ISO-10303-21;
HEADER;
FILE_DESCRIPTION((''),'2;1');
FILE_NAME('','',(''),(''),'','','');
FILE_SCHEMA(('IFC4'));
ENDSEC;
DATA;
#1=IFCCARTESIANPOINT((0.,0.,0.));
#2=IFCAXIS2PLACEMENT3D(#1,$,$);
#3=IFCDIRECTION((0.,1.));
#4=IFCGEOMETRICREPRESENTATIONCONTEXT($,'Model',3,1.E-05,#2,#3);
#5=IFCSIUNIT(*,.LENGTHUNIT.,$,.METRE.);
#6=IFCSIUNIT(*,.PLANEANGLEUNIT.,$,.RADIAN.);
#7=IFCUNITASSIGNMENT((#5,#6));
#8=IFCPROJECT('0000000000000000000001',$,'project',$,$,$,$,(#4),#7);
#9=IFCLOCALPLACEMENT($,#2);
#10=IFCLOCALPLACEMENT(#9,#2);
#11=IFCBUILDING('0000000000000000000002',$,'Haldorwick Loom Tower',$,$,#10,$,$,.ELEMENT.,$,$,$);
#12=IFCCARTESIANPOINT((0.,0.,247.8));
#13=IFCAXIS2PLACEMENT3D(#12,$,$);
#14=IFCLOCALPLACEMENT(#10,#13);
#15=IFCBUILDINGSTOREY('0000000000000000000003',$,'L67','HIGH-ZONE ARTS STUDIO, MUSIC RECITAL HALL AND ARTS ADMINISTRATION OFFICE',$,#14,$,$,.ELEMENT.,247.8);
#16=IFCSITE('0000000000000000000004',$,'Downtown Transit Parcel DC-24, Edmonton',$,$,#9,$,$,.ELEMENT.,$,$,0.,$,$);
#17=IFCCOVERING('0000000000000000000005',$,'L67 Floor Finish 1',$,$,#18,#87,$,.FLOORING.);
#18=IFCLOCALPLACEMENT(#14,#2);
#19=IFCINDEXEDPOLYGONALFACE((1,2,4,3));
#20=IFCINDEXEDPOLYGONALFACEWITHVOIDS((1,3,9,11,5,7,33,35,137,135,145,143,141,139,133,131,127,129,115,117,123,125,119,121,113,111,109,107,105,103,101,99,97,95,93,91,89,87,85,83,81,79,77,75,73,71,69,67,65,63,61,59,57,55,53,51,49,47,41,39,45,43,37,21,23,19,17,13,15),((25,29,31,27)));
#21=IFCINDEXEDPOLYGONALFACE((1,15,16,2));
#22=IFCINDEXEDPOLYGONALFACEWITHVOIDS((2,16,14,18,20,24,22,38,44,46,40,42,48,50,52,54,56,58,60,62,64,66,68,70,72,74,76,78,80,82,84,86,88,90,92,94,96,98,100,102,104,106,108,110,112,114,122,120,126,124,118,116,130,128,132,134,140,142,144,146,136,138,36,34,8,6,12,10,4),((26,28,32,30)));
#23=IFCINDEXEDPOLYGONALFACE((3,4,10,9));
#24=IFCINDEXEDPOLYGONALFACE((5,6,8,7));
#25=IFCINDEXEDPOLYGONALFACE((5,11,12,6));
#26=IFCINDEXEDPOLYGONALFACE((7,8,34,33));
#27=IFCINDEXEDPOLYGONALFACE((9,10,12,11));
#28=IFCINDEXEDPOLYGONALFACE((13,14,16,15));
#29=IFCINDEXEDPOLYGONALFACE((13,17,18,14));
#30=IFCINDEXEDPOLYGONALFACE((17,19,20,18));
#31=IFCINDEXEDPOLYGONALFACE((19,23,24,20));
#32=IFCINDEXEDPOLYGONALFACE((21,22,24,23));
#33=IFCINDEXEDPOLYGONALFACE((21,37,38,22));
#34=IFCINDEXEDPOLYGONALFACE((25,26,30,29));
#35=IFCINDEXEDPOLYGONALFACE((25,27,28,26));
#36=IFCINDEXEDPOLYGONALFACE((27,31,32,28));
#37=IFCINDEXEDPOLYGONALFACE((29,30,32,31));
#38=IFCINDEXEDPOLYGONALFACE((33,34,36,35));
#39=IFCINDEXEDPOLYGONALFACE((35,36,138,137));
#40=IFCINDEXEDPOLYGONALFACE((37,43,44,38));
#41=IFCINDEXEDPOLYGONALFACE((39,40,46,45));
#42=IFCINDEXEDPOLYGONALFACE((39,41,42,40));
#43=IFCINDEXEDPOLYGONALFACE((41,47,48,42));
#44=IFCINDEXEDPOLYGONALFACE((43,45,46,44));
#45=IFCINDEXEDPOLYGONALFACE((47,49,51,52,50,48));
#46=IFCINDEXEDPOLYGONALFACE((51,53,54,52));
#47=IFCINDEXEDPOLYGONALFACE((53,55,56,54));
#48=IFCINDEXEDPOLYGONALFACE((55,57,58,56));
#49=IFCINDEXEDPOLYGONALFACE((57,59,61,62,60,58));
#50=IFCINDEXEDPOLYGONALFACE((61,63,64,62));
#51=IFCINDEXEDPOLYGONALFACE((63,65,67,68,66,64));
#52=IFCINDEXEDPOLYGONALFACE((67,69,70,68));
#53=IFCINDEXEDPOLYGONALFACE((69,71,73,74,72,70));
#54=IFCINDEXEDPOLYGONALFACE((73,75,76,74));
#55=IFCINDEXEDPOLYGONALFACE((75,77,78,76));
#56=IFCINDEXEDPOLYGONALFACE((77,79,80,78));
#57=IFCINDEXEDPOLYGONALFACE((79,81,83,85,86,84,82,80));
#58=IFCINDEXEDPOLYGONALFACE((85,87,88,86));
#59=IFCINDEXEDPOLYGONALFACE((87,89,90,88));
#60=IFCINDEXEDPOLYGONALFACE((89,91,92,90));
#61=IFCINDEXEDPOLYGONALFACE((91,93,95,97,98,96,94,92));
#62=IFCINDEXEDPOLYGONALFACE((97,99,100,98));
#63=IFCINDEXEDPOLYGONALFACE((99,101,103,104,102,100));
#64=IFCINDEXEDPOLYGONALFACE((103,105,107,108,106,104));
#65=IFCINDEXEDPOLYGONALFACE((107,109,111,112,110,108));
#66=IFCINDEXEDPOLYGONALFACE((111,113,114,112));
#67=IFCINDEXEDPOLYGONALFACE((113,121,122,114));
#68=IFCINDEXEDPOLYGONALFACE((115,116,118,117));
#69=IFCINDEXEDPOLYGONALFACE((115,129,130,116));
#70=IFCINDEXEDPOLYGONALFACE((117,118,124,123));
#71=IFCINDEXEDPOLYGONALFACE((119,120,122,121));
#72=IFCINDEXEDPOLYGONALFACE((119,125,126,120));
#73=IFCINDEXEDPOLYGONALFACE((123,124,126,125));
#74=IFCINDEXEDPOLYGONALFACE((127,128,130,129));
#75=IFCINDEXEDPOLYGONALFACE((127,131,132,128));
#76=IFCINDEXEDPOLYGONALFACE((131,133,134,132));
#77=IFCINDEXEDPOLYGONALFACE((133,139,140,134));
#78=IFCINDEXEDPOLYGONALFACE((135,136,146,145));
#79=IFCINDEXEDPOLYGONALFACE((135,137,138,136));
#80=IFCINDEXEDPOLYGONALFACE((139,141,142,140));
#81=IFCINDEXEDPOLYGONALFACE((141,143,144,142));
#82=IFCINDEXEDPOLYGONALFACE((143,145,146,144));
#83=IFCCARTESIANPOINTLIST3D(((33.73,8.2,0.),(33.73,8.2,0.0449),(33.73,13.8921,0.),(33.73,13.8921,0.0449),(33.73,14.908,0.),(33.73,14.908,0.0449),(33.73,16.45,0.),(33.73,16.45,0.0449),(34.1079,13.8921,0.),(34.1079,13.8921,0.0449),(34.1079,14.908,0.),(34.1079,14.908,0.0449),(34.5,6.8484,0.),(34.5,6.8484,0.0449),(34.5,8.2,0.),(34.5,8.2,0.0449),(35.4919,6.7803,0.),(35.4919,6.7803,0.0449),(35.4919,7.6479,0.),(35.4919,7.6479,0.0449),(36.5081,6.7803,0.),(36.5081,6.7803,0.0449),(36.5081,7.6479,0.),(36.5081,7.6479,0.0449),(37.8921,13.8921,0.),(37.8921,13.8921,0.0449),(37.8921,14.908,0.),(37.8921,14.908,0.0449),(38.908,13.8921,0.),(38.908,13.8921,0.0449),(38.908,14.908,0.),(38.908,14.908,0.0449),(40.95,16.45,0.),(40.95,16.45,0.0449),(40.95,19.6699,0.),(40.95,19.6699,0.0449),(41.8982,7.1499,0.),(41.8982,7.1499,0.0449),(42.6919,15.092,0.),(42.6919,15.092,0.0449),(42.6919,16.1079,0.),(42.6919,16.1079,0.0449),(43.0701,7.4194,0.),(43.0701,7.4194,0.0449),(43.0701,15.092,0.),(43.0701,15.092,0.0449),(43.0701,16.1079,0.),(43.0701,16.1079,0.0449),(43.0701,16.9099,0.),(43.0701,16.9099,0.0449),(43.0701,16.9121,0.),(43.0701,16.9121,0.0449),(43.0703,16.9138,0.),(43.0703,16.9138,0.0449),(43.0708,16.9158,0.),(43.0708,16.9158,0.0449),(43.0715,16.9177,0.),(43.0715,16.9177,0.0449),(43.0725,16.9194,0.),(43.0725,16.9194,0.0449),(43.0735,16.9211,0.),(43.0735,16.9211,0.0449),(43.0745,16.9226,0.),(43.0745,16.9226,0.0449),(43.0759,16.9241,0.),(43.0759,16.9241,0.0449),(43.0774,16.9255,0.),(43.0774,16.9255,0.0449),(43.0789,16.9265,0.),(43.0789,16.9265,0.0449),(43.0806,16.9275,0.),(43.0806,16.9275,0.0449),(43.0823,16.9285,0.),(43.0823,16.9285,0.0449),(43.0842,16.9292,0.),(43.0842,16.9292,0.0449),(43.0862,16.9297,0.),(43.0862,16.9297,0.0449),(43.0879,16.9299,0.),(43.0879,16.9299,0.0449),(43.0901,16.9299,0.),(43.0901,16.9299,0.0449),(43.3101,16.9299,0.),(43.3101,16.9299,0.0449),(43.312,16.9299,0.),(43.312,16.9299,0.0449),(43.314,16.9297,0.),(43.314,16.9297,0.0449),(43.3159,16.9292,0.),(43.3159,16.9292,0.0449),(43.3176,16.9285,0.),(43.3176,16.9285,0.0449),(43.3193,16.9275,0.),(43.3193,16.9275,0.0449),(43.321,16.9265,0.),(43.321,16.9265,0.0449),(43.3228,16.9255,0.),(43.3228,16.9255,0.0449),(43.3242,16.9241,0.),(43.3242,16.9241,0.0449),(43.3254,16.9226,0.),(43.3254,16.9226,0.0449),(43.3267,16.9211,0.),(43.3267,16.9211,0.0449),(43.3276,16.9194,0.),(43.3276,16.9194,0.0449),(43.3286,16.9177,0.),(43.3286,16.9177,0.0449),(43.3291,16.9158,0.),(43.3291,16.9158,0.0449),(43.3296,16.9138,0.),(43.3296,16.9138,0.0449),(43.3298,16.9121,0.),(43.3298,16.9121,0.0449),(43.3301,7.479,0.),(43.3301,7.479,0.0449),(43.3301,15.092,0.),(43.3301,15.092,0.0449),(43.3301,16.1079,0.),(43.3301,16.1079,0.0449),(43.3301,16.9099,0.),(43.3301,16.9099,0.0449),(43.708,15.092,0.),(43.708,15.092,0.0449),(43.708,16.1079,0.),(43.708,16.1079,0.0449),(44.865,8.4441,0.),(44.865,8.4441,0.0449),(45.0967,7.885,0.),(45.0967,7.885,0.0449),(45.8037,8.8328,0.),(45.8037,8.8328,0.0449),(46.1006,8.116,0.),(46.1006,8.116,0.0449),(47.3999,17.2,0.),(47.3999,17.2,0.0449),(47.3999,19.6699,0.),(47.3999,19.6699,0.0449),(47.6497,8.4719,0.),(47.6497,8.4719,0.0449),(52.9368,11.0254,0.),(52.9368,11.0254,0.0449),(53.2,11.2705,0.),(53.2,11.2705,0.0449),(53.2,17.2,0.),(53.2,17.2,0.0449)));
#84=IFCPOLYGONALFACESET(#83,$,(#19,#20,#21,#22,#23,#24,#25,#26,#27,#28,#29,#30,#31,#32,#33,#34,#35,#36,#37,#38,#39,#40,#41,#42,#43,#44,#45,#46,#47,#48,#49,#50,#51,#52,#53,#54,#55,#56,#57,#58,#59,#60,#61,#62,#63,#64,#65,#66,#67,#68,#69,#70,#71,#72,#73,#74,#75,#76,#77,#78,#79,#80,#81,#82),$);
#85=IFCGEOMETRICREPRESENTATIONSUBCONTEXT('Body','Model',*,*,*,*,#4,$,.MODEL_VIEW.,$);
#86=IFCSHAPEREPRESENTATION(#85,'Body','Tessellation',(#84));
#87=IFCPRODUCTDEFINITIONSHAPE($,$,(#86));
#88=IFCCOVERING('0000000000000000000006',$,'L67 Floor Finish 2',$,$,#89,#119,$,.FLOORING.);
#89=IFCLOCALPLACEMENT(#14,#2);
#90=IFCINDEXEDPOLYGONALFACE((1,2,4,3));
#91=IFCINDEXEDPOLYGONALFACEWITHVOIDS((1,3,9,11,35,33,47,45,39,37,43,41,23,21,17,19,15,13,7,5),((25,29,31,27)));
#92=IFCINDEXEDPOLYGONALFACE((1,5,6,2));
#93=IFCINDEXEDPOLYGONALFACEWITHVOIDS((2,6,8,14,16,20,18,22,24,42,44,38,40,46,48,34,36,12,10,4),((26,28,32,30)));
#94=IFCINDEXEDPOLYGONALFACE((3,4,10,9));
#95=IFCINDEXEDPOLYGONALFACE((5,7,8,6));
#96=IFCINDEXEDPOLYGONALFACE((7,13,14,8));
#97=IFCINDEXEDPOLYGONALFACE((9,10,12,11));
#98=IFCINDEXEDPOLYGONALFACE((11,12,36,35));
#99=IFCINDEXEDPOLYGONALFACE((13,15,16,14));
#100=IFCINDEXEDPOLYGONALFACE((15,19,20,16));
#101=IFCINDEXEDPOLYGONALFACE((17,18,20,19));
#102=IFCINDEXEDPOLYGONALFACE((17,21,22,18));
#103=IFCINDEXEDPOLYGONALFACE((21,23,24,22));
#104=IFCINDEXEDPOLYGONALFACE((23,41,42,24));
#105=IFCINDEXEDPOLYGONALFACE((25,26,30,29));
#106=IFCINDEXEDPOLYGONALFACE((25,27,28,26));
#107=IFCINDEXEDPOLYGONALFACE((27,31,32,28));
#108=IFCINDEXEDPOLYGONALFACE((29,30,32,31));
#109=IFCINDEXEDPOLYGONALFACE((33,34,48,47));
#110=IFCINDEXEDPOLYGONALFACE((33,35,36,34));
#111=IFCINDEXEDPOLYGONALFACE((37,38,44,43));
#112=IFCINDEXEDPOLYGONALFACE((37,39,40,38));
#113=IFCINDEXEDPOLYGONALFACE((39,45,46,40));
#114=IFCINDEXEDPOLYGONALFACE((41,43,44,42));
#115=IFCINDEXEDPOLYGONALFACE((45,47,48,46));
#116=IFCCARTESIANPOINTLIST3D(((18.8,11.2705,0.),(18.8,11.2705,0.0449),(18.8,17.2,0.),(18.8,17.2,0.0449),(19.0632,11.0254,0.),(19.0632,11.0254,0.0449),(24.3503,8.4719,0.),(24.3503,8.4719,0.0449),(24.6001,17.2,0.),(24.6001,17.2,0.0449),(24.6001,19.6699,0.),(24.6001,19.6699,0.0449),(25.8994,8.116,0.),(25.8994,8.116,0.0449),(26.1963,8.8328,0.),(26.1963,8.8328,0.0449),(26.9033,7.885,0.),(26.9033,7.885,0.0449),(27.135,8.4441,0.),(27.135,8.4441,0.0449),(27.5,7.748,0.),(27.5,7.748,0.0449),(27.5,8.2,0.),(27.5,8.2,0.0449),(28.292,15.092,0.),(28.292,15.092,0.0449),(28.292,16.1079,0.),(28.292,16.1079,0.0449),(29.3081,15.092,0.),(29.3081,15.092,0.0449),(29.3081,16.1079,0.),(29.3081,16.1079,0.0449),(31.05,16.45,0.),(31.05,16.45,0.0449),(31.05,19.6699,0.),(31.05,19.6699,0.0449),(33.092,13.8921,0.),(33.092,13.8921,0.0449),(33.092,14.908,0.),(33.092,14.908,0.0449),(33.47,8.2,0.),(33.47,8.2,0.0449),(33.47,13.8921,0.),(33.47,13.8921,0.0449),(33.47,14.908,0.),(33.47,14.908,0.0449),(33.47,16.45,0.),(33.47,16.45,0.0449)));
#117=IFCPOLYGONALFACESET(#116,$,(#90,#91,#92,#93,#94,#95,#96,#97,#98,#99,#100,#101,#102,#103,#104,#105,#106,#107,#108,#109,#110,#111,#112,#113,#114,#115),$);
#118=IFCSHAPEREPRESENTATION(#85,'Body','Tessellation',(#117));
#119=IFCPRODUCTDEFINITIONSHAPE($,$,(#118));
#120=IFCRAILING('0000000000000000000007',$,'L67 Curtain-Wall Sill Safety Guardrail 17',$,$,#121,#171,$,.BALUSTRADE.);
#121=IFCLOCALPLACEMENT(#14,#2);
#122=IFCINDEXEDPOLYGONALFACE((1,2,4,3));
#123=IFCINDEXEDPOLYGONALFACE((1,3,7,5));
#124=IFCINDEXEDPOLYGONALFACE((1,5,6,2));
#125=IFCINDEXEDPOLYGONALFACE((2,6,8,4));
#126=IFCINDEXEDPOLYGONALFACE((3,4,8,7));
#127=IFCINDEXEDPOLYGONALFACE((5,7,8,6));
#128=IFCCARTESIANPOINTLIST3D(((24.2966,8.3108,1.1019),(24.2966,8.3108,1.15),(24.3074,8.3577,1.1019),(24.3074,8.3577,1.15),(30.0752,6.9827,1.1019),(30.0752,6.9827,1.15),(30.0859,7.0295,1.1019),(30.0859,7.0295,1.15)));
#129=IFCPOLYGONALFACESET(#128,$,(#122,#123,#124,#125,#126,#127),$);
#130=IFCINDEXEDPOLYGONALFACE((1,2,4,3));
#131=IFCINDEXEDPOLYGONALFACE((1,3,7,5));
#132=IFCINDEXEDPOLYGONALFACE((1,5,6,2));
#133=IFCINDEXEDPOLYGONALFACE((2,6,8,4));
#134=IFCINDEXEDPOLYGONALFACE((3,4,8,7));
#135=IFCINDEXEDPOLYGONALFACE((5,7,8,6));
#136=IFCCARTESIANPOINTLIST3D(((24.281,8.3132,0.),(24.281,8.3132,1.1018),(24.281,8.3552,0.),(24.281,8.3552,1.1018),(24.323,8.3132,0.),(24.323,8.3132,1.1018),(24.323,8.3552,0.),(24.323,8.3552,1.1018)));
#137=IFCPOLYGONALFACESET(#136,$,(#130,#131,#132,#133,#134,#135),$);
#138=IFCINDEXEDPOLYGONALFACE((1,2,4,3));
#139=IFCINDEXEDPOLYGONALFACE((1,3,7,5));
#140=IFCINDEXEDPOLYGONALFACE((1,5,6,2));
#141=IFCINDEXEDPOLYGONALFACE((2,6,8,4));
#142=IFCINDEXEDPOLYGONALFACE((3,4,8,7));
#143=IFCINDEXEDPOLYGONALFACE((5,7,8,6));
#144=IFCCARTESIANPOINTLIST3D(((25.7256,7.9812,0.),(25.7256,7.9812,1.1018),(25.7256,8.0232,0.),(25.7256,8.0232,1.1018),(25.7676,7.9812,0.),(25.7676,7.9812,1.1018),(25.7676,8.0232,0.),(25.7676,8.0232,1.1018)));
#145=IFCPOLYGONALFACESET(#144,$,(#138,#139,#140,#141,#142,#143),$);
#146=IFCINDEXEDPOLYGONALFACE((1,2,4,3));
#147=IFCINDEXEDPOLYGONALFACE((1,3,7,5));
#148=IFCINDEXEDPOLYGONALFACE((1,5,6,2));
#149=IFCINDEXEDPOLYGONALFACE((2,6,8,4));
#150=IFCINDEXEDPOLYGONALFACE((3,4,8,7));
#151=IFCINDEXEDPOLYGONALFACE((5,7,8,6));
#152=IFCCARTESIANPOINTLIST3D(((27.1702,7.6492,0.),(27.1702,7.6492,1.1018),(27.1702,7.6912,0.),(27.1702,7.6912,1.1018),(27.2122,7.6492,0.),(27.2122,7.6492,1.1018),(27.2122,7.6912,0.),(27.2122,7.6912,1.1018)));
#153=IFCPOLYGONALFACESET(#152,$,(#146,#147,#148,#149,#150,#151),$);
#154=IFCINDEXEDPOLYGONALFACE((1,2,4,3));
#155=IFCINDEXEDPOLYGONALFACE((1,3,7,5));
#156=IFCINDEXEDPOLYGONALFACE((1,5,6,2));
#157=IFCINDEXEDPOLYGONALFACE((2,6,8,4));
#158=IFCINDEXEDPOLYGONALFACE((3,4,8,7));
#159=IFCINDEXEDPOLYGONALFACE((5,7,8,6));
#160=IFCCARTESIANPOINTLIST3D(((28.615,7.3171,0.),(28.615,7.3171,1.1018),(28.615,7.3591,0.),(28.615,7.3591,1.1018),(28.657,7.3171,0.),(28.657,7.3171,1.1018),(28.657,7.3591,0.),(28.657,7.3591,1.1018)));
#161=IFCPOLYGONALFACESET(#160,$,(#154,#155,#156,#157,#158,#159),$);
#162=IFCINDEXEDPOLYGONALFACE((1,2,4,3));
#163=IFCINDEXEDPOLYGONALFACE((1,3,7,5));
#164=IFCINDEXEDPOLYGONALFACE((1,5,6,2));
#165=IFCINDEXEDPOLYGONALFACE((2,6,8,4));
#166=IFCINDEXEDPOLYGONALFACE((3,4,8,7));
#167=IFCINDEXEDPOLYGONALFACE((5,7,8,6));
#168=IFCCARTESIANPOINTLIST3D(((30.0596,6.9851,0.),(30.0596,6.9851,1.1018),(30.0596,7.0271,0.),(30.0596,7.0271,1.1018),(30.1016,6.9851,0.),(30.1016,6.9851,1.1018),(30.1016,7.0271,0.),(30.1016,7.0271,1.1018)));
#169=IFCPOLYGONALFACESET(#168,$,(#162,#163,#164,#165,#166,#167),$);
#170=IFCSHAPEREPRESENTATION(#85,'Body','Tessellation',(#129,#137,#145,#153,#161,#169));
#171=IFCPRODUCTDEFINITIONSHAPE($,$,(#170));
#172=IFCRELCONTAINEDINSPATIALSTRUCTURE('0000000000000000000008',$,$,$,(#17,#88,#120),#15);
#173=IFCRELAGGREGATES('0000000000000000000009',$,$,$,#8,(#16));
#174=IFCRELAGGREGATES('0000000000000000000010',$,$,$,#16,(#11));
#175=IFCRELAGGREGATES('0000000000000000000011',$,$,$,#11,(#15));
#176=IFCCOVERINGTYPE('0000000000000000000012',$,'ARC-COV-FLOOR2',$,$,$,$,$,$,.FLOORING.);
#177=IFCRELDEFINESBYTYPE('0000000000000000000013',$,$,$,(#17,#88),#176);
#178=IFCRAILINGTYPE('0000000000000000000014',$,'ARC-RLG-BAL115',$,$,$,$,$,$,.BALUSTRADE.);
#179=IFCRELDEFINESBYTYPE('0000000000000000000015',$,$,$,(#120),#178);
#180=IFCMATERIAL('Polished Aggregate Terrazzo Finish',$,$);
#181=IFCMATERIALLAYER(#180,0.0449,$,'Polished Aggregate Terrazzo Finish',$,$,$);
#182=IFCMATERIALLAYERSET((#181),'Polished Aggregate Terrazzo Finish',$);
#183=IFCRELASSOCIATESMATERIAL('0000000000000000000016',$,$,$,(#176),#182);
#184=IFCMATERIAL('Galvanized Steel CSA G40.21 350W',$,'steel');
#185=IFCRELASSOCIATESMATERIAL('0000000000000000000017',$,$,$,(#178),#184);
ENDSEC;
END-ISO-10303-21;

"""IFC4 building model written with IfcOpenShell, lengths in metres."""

from ifc_helpers import new_model, si_unit, direction, frame, origin, origin_2d, place, context, subcontext, project, spatial, polyline, rectangle, outline, extrude, material, layer, layer_set, type_object, element, save


model = new_model("IFC4")

# Units and contexts
model_context = context("Model", 3, precision=1e-05, world=origin(), true_north=direction((0.0, 1.0)))
body_context = subcontext(model_context, "Body", "Model", "MODEL_VIEW")
ifc_project = project(units=[si_unit("LENGTHUNIT", "METRE"), si_unit("PLANEANGLEUNIT", "RADIAN")], contexts=[model_context])

# Site, building, storey
site_placement = place(None, origin())
site = spatial("IfcSite", under=ifc_project, at=site_placement, Name="Downtown Transit Parcel DC-24, Edmonton", CompositionType="ELEMENT", RefElevation=0.0)
building_placement = place(site_placement, origin())
building = spatial("IfcBuilding", under=site, at=building_placement, Name="Haldorwick Loom Tower", CompositionType="ELEMENT")
storey_placement = place(building_placement, frame((0.0, 0.0, 247.8)))
storey = spatial("IfcBuildingStorey", under=building, at=storey_placement, Name="L67", Description="HIGH-ZONE ARTS STUDIO, MUSIC RECITAL HALL AND ARTS ADMINISTRATION OFFICE", CompositionType="ELEMENT", Elevation=247.8)

# Coverings
ifc_material_1 = material(Name="Polished Aggregate Terrazzo Finish")
ifc_layer_1 = layer(ifc_material_1, 0.0449, Name="Polished Aggregate Terrazzo Finish")
ifc_layer_set_1 = layer_set([ifc_layer_1], Name="Polished Aggregate Terrazzo Finish")
covering_type_1 = type_object("IfcCoveringType", Name="ARC-COV-FLOOR2", PredefinedType="FLOORING", material=ifc_layer_set_1)
covering_1_placement = place(storey_placement, origin())
element("IfcCovering", 1, at=covering_1_placement, inside=storey, type_object=covering_type_1, Name="L67 Floor Finish 1", PredefinedType="FLOORING", context=body_context, shape_type="SweptSolid", body=[
    extrude(outline(polyline([(53.2, 11.2705), (53.2, 17.2), (47.3999, 17.2), (47.3999, 19.6699), (40.95, 19.6699), (40.95, 16.45), (33.73, 16.45), (33.73, 14.908), (34.1079, 14.908), (34.1079, 13.8921), (33.73, 13.8921), (33.73, 8.2), (34.5, 8.2), (34.5, 6.8484), (35.4919, 6.7803), (35.4919, 7.6479), (36.5081, 7.6479), (36.5081, 6.7803), (41.8982, 7.1499), (43.0701, 7.4194), (43.0701, 15.092), (42.6919, 15.092), (42.6919, 16.1079), (43.0701, 16.1079), (43.0701, 16.9099), (43.0701, 16.9121), (43.0703, 16.9138), (43.0708, 16.9158), (43.0715, 16.9177), (43.0725, 16.9194), (43.0735, 16.9211), (43.0745, 16.9226), (43.0759, 16.9241), (43.0774, 16.9255), (43.0789, 16.9265), (43.0806, 16.9275), (43.0823, 16.9285), (43.0842, 16.9292), (43.0862, 16.9297), (43.0879, 16.9299), (43.0901, 16.9299), (43.3101, 16.9299), (43.312, 16.9299), (43.314, 16.9297), (43.3159, 16.9292), (43.3176, 16.9285), (43.3193, 16.9275), (43.321, 16.9265), (43.3228, 16.9255), (43.3242, 16.9241), (43.3254, 16.9226), (43.3267, 16.9211), (43.3276, 16.9194), (43.3286, 16.9177), (43.3291, 16.9158), (43.3296, 16.9138), (43.3298, 16.9121), (43.3301, 16.9099), (43.3301, 16.1079), (43.708, 16.1079), (43.708, 15.092), (43.3301, 15.092), (43.3301, 7.479), (45.0967, 7.885), (44.865, 8.4441), (45.8037, 8.8328), (46.1006, 8.116), (47.6497, 8.4719), (52.9368, 11.0254), (53.2, 11.2705)]), holes=[polyline([(38.908, 14.908), (38.908, 13.8921), (37.8921, 13.8921), (37.8921, 14.908), (38.908, 14.908)])]), origin(), (0.0, 0.0, 1.0), 0.0449),
])
covering_2_placement = place(storey_placement, origin())
element("IfcCovering", 2, at=covering_2_placement, inside=storey, type_object=covering_type_1, Name="L67 Floor Finish 2", PredefinedType="FLOORING", context=body_context, shape_type="SweptSolid", body=[
    extrude(outline(polyline([(27.5, 7.748), (27.5, 8.2), (33.47, 8.2), (33.47, 13.8921), (33.092, 13.8921), (33.092, 14.908), (33.47, 14.908), (33.47, 16.45), (31.05, 16.45), (31.05, 19.6699), (24.6001, 19.6699), (24.6001, 17.2), (18.8, 17.2), (18.8, 11.2705), (19.0632, 11.0254), (24.3503, 8.4719), (25.8994, 8.116), (26.1963, 8.8328), (27.135, 8.4441), (26.9033, 7.885), (27.5, 7.748)]), holes=[polyline([(29.3081, 16.1079), (29.3081, 15.092), (28.292, 15.092), (28.292, 16.1079), (29.3081, 16.1079)])]), origin(), (0.0, 0.0, 1.0), 0.0449),
])

# Railing
ifc_material_2 = material(Name="Galvanized Steel CSA G40.21 350W", Category="steel")
railing_type = type_object("IfcRailingType", Name="ARC-RLG-BAL115", PredefinedType="BALUSTRADE", material=ifc_material_2)
railing_placement = place(storey_placement, frame((24.302, 8.3342, 0.0)))
element("IfcRailing", 3, at=railing_placement, inside=storey, type_object=railing_type, Name="L67 Curtain-Wall Sill Safety Guardrail 17", PredefinedType="BALUSTRADE", context=body_context, shape_type="SweptSolid", body=[
    extrude(rectangle(XDim=0.0481, YDim=0.0481, at=origin_2d()), frame((0.0, 0.0, 1.126), z_axis=(0.97459, -0.223996, 0.0), x_axis=(0.223996, 0.97459, 0.0)), (0.0, 0.0, 1.0), 5.9292),
    extrude(rectangle(XDim=0.042, YDim=0.042, at=origin_2d()), origin(), (0.0, 0.0, 1.0), 1.1018),
    extrude(rectangle(XDim=0.042, YDim=0.042, at=origin_2d()), frame((1.4446, -0.332, 0.0)), (0.0, 0.0, 1.0), 1.1018),
    extrude(rectangle(XDim=0.042, YDim=0.042, at=origin_2d()), frame((2.8892, -0.6641, 0.0)), (0.0, 0.0, 1.0), 1.1018),
    extrude(rectangle(XDim=0.042, YDim=0.042, at=origin_2d()), frame((4.334, -0.9961, 0.0)), (0.0, 0.0, 1.0), 1.1018),
    extrude(rectangle(XDim=0.042, YDim=0.042, at=origin_2d()), frame((5.7786, -1.3281, 0.0)), (0.0, 0.0, 1.0), 1.1018),
])

save(model, "model.ifc")
